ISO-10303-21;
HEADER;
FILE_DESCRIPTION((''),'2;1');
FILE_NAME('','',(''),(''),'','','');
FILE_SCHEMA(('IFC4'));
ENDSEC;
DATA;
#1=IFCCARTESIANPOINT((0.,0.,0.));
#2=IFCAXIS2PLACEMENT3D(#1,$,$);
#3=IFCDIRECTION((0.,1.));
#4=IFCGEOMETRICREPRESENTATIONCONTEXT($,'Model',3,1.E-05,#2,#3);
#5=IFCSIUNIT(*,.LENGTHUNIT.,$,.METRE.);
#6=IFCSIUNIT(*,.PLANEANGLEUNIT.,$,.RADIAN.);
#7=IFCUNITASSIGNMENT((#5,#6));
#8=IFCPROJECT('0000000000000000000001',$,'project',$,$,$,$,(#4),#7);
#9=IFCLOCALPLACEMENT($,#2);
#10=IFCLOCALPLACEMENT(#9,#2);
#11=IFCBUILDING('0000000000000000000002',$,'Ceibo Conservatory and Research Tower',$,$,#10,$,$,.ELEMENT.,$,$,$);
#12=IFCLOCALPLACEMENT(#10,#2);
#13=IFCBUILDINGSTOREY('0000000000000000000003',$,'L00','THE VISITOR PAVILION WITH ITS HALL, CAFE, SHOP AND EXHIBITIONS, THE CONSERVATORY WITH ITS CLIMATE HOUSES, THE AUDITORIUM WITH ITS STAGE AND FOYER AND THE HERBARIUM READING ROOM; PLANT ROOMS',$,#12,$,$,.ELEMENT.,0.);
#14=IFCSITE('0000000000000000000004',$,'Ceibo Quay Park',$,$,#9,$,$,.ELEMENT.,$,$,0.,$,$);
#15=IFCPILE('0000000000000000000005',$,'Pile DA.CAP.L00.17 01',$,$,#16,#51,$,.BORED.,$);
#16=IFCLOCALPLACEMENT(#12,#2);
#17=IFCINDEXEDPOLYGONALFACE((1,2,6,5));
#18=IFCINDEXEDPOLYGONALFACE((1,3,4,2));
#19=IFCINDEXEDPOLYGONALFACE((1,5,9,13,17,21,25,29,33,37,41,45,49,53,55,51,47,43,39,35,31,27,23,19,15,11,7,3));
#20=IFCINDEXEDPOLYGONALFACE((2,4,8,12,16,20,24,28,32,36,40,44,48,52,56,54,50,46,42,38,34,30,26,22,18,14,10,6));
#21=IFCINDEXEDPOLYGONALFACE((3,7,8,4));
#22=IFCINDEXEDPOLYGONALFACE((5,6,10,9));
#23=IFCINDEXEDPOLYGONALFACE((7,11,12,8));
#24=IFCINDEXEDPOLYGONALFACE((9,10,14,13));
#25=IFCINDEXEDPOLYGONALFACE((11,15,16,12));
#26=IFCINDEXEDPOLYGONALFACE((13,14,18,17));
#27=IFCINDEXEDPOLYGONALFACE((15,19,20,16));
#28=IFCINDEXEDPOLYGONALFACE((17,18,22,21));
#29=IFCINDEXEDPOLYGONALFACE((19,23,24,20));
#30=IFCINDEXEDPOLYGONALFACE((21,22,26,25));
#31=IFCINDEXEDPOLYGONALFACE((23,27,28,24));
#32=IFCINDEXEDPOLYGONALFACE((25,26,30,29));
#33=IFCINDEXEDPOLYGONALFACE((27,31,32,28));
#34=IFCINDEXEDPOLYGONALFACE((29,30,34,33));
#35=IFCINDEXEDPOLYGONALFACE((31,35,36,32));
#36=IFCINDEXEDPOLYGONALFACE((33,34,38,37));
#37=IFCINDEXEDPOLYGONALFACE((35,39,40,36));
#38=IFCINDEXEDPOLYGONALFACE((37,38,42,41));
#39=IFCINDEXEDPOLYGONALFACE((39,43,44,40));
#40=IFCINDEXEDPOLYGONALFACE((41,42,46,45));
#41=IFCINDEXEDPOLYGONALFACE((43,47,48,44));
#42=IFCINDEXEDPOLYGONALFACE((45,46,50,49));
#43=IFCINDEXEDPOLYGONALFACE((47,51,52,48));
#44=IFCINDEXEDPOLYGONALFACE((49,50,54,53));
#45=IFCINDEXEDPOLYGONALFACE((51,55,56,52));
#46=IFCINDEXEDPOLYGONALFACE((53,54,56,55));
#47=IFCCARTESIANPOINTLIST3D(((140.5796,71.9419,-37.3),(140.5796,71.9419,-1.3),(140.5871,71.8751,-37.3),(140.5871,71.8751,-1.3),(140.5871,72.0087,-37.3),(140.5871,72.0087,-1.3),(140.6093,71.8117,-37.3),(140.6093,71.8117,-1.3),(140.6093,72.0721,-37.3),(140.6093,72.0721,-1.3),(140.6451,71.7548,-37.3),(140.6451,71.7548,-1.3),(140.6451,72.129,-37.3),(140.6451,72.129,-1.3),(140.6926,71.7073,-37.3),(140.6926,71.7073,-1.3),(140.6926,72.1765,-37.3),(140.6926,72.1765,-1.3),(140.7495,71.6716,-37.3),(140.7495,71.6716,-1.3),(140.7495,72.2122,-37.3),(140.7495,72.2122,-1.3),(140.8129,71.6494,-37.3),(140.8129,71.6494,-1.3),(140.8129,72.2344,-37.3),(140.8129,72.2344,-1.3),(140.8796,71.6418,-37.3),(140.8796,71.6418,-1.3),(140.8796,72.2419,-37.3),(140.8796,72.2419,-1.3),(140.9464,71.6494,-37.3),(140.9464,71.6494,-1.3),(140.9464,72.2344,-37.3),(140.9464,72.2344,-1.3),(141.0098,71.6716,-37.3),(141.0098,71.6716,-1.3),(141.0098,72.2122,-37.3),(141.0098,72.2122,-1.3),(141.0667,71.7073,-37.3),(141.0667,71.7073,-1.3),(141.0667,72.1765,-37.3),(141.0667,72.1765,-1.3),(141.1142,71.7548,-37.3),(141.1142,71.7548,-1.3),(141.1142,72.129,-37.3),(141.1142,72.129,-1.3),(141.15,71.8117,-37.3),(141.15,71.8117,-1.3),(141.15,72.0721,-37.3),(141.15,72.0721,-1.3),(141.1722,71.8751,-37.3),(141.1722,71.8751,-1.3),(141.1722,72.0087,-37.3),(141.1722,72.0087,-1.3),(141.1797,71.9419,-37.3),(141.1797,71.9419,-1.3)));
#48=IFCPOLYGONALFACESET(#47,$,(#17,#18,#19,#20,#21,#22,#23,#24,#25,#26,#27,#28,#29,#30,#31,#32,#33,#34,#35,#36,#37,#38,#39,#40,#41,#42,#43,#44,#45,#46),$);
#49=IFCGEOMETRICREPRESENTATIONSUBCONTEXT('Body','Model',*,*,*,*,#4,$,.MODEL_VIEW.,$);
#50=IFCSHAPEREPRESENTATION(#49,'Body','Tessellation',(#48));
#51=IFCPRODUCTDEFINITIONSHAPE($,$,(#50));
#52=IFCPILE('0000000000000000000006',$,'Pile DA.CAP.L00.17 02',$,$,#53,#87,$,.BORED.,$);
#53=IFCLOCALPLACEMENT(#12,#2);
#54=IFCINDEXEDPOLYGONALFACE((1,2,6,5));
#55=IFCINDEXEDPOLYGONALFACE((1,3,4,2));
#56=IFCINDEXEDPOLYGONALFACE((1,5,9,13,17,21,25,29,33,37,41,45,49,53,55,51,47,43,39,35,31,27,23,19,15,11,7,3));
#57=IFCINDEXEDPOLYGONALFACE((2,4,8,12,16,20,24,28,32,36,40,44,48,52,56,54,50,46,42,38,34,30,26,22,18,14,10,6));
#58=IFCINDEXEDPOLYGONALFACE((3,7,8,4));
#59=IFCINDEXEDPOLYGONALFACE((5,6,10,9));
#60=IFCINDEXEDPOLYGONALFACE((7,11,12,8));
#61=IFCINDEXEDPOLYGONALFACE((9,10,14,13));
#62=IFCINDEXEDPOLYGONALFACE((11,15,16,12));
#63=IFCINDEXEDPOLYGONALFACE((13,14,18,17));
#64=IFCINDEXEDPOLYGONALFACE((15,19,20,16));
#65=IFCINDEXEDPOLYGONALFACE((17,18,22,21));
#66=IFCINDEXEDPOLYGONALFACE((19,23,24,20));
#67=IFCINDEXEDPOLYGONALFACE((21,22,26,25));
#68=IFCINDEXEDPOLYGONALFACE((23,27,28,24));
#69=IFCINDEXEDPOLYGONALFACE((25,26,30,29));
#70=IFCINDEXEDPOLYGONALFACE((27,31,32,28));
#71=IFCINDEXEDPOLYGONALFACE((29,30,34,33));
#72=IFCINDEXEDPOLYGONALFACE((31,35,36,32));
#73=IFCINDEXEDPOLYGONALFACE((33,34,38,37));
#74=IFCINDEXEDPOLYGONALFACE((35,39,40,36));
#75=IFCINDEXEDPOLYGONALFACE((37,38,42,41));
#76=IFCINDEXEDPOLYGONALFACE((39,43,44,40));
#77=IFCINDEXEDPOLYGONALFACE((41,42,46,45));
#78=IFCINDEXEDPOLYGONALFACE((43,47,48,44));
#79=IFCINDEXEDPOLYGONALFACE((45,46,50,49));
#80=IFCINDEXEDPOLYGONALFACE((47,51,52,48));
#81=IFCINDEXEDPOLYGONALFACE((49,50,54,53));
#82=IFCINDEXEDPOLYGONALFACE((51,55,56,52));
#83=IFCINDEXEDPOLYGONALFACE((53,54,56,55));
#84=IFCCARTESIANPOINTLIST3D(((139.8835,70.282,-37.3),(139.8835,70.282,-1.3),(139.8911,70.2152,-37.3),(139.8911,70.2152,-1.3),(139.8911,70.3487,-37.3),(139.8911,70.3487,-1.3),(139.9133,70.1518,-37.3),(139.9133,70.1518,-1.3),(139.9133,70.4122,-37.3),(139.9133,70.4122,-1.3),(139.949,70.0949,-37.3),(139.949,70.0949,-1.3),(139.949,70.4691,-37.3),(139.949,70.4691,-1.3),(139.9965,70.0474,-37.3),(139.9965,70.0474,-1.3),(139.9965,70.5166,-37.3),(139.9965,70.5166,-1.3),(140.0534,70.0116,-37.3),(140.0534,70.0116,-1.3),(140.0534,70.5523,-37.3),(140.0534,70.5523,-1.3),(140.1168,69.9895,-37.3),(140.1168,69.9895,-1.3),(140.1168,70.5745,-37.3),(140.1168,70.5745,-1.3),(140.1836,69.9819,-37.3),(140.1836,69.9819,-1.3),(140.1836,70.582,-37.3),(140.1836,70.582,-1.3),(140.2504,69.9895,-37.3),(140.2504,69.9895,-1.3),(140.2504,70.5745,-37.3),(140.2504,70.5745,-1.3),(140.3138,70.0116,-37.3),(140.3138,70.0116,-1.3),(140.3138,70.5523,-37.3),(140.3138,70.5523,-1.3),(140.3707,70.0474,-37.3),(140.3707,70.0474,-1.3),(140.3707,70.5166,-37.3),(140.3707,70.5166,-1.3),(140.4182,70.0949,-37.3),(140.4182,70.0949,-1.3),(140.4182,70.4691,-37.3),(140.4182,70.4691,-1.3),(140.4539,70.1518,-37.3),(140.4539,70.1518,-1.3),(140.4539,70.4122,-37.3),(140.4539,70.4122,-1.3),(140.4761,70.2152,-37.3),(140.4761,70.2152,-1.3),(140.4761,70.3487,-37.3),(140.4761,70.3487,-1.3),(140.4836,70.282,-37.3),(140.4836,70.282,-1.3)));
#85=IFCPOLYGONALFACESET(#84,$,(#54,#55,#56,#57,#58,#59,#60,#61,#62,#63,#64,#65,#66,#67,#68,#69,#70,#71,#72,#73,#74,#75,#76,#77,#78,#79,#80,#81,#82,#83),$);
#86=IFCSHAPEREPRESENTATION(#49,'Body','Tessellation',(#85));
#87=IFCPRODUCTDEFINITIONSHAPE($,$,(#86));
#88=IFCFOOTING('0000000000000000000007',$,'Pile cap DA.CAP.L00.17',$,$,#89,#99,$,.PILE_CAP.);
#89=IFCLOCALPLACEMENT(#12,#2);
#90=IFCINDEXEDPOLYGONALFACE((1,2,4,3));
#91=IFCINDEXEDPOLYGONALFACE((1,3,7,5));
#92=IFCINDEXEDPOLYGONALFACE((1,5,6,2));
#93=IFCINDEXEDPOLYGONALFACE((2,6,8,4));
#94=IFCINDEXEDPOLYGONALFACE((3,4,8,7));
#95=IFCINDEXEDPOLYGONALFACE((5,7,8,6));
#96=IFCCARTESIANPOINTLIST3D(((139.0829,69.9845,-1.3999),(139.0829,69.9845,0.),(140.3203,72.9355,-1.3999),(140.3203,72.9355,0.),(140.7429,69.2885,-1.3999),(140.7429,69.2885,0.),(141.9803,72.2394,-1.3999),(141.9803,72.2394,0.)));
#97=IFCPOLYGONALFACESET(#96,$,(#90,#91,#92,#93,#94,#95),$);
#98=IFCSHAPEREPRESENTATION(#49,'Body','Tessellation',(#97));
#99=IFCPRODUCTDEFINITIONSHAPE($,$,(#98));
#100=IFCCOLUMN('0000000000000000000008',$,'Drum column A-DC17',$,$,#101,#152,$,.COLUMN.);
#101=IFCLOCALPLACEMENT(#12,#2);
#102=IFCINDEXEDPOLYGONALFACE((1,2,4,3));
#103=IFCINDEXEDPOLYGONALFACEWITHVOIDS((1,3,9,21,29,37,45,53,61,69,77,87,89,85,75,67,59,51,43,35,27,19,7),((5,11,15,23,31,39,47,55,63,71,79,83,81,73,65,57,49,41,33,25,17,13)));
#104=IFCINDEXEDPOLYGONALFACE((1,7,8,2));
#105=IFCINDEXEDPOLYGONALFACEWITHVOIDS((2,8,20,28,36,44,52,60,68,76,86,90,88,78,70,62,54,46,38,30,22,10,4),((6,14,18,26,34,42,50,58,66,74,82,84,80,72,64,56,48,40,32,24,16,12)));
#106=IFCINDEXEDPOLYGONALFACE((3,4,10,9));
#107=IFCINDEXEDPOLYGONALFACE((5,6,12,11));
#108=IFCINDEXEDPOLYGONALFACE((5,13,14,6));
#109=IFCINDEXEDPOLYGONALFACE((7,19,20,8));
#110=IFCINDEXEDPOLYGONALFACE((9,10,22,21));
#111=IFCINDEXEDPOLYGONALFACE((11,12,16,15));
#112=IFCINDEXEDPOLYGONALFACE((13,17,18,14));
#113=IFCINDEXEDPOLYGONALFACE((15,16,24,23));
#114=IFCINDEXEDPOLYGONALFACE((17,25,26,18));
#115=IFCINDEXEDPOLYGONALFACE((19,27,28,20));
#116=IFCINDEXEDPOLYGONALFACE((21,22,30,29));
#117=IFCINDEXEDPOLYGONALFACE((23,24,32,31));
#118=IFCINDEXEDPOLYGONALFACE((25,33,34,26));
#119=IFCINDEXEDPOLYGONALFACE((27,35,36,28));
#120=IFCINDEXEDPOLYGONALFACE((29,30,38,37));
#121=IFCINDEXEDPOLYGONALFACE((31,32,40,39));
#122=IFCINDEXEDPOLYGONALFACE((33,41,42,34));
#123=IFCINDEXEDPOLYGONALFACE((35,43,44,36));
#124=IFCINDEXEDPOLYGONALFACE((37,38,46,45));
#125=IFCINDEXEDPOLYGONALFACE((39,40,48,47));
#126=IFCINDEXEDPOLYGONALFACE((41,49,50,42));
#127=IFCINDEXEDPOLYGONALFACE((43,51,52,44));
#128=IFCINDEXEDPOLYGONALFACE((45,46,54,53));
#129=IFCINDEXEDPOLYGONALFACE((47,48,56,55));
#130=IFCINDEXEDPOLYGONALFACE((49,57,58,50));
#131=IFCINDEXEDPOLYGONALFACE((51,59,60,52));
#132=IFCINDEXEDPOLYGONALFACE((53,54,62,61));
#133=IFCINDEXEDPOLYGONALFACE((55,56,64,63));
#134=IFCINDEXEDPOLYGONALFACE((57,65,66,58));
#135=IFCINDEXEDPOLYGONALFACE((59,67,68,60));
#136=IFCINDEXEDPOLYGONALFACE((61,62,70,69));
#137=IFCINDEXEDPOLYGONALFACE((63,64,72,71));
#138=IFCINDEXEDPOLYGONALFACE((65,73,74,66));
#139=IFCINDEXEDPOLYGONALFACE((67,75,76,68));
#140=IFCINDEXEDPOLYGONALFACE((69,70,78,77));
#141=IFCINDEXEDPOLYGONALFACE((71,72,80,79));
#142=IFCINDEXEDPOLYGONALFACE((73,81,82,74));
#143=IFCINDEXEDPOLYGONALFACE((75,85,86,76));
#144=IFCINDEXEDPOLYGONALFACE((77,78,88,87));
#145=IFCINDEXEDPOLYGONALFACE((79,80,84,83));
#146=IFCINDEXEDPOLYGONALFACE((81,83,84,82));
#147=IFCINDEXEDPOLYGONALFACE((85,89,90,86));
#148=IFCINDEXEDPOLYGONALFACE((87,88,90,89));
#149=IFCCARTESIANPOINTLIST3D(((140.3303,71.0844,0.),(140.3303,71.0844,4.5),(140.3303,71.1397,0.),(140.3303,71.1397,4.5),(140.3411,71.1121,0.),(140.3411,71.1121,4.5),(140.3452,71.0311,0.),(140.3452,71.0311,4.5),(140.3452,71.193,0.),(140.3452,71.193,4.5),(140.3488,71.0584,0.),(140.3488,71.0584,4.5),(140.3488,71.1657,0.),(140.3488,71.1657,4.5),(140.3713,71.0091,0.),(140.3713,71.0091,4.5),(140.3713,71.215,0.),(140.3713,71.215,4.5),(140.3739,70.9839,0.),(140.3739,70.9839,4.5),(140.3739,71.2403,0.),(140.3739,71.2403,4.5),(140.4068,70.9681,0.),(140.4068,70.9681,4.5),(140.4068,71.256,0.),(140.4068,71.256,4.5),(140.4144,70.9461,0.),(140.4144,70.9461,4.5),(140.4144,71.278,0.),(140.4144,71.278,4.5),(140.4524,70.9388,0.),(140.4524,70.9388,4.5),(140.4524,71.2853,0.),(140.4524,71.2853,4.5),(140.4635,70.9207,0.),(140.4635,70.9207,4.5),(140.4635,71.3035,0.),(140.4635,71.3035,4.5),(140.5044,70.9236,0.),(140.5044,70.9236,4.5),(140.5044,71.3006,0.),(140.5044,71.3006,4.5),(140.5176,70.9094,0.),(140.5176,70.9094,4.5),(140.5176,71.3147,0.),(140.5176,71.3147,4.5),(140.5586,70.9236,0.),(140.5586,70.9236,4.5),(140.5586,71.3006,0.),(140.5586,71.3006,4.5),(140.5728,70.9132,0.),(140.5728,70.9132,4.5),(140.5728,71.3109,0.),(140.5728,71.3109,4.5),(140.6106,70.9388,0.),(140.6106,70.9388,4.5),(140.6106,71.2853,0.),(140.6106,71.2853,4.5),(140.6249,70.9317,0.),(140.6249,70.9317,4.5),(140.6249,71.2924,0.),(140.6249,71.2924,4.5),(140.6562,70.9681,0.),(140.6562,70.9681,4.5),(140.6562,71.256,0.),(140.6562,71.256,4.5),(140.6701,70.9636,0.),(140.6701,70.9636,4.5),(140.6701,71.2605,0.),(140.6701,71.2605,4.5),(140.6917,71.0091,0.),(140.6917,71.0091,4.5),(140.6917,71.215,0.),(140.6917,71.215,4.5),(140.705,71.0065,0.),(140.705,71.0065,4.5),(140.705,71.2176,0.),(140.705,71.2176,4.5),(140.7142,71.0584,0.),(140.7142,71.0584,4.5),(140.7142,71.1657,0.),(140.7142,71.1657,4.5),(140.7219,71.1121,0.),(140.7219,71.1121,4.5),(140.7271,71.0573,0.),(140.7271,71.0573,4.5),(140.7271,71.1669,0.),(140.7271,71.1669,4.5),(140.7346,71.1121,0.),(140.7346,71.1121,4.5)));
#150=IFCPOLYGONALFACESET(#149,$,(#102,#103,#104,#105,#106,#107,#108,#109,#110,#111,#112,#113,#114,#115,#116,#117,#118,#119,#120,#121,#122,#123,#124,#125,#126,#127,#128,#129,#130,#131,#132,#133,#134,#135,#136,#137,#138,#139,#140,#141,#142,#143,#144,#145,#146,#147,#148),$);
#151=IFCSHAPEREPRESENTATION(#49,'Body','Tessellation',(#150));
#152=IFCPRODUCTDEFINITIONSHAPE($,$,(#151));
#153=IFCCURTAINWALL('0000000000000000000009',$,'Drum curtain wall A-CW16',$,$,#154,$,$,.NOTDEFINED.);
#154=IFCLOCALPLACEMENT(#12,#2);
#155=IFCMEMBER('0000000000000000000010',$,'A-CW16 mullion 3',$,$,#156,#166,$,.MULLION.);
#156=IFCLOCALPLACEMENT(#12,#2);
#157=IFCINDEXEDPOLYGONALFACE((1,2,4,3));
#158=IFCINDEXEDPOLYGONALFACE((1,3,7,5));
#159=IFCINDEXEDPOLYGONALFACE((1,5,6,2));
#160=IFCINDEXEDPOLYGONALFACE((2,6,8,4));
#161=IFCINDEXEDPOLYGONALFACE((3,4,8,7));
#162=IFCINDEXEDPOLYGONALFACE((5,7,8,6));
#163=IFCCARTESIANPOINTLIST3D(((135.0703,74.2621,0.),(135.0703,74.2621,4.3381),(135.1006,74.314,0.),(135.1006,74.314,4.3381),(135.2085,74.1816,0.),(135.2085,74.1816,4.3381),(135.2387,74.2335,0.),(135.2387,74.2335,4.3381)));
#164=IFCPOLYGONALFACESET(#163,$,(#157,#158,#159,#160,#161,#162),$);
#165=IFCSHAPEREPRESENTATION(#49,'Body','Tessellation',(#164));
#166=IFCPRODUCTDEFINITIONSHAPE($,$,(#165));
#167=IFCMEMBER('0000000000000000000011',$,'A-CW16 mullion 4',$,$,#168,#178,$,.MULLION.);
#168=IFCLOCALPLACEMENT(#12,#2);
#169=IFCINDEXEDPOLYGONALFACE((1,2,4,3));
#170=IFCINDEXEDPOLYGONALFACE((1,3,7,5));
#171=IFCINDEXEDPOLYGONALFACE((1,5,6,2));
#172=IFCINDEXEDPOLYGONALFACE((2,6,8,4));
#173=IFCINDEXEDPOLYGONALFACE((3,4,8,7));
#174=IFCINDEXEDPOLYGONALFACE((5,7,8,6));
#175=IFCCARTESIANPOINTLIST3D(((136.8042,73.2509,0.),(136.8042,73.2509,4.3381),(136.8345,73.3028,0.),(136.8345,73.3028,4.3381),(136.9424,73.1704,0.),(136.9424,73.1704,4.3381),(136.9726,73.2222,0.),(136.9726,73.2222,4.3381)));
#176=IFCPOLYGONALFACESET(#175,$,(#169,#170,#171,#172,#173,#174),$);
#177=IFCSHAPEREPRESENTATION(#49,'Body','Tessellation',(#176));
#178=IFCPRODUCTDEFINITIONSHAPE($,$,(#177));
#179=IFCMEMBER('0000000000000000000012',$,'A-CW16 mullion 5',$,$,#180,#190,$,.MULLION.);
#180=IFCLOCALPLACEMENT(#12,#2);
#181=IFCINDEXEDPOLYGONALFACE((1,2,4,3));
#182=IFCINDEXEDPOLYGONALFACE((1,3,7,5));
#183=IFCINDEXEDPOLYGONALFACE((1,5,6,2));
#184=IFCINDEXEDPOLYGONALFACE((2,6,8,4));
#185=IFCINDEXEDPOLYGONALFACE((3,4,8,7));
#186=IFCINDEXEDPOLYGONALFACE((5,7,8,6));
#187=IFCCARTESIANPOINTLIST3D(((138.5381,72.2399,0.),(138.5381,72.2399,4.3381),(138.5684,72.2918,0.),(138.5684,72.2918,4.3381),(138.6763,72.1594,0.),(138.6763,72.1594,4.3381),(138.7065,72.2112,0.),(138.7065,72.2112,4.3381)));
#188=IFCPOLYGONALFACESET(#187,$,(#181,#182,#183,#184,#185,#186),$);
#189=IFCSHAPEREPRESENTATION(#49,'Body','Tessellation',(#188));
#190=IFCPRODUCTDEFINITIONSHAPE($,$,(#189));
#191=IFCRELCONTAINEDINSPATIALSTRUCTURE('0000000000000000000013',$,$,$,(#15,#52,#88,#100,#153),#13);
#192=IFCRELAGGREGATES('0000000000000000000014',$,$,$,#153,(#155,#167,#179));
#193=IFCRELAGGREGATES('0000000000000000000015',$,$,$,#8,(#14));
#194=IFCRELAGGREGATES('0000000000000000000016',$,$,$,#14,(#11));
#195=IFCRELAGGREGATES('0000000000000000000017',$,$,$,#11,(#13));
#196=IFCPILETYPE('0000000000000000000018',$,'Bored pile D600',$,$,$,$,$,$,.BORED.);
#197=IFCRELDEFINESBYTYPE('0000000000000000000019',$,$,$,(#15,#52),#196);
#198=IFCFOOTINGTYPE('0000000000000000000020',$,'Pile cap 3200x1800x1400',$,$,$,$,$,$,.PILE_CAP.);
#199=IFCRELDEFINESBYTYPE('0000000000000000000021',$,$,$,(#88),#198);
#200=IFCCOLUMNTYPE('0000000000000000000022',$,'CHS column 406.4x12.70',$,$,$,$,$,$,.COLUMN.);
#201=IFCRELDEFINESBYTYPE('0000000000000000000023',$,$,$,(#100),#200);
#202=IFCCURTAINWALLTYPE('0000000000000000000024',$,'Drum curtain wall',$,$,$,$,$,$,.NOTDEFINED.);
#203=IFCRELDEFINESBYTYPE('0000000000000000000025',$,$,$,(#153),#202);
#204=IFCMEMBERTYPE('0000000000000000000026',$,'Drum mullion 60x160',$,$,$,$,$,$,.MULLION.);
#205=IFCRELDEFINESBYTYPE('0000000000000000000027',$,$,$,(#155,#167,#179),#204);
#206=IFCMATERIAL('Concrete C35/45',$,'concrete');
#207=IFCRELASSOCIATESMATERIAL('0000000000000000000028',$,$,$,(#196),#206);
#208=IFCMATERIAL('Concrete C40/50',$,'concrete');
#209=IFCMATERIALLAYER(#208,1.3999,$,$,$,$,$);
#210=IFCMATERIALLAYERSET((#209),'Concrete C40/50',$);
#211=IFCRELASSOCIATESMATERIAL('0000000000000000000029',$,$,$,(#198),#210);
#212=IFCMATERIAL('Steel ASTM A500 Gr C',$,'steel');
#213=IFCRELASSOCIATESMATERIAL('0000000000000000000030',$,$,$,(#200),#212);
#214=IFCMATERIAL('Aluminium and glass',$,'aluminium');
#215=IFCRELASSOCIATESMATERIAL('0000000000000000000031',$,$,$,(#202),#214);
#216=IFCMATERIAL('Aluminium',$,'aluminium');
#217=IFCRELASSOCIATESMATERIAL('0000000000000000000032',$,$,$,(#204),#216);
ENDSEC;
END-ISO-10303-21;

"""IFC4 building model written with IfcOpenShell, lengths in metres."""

from ifc_helpers import new_model, si_unit, direction, frame, origin, origin_2d, place, context, subcontext, project, spatial, polyline, rectangle, circle, hollow_circle, outline, extrude, material, layer, layer_set, material_profile, profile_set, type_object, element, aggregate, save


model = new_model("IFC4")

# Units and contexts
model_context = context("Model", 3, precision=1e-05, world=origin(), true_north=direction((0.0, 1.0)))
body_context = subcontext(model_context, "Body", "Model", "MODEL_VIEW")
ifc_project = project(units=[si_unit("LENGTHUNIT", "METRE"), si_unit("PLANEANGLEUNIT", "RADIAN")], contexts=[model_context])

# Site, building, storey
site_placement = place(None, origin())
site = spatial("IfcSite", under=ifc_project, at=site_placement, Name="Ceibo Quay Park", CompositionType="ELEMENT", RefElevation=0.0)
building_placement = place(site_placement, origin())
building = spatial("IfcBuilding", under=site, at=building_placement, Name="Ceibo Conservatory and Research Tower", CompositionType="ELEMENT")
storey_placement = place(building_placement, origin())
storey = spatial("IfcBuildingStorey", under=building, at=storey_placement, Name="L00", Description="THE VISITOR PAVILION WITH ITS HALL, CAFE, SHOP AND EXHIBITIONS, THE CONSERVATORY WITH ITS CLIMATE HOUSES, THE AUDITORIUM WITH ITS STAGE AND FOYER AND THE HERBARIUM READING ROOM; PLANT ROOMS", CompositionType="ELEMENT", Elevation=0.0)

# Piles
ifc_material_1 = material(Name="Concrete C35/45", Category="concrete")
ifc_material_profile_1 = material_profile(ifc_material_1, circle(Radius=0.3, at=origin_2d()), Name="RC D600")
ifc_profile_set_1 = profile_set([ifc_material_profile_1], Name="Concrete C35/45")
pile_type = type_object("IfcPileType", Name="Bored pile D600", PredefinedType="BORED", material=ifc_profile_set_1)
for number, where, z_axis, x_axis, name in (
    (1, (140.8796, 71.9419, -1.3), (0.0, 0.0, -1.0), (1.0, 0.0, 0.0), "Pile DA.CAP.L00.17 01"),
    (2, (140.1836, 70.282, -1.3), (0.0, 0.0, -1.0), (1.0, 0.0, 0.0), "Pile DA.CAP.L00.17 02"),
):
    element("IfcPile", number, at=place(storey_placement, frame(where, z_axis=z_axis, x_axis=x_axis)), inside=storey, type_object=pile_type, Name=name, PredefinedType="BORED", context=body_context, shape_type="SweptSolid", body=[
        extrude(circle(Radius=0.3, at=origin_2d()), origin(), (0.0, 0.0, 1.0), 36.0),
    ])

# Footing
ifc_material_2 = material(Name="Concrete C40/50", Category="concrete")
ifc_layer_1 = layer(ifc_material_2, 1.3999)
ifc_layer_set_1 = layer_set([ifc_layer_1], Name="Concrete C40/50")
footing_type = type_object("IfcFootingType", Name="Pile cap 3200x1800x1400", PredefinedType="PILE_CAP", material=ifc_layer_set_1)
footing_placement = place(storey_placement, frame((140.3203, 72.9355, -1.3999), z_axis=(0.0, 0.0, 1.0), x_axis=(-0.386711, -0.922201, 0.0)))
element("IfcFooting", 3, at=footing_placement, inside=storey, type_object=footing_type, Name="Pile cap DA.CAP.L00.17", PredefinedType="PILE_CAP", context=body_context, shape_type="SweptSolid", body=[
    extrude(outline(polyline([(0.0, 0.0), (3.2, 0.0), (3.2, 1.8), (0.0, 1.8), (0.0, 0.0)])), origin(), (0.0, 0.0, 1.0), 1.3999),
])

# Column
ifc_material_3 = material(Name="Steel ASTM A500 Gr C", Category="steel")
ifc_material_profile_2 = material_profile(ifc_material_3, hollow_circle(Radius=0.2031, WallThickness=0.0127, at=origin_2d()), Name="CHS column 406.4x12.70")
ifc_profile_set_2 = profile_set([ifc_material_profile_2], Name="Steel ASTM A500 Gr C")
column_type = type_object("IfcColumnType", Name="CHS column 406.4x12.70", PredefinedType="COLUMN", material=ifc_profile_set_2)
column_placement = place(storey_placement, frame((140.5315, 71.1121, 0.0), z_axis=(0.0, 0.0, 1.0), x_axis=(1.0, 0.0, 0.0)))
element("IfcColumn", 4, at=column_placement, inside=storey, type_object=column_type, Name="Drum column A-DC17", PredefinedType="COLUMN", context=body_context, shape_type="SweptSolid", body=[
    extrude(hollow_circle(Radius=0.2031, WallThickness=0.0127, at=origin_2d()), origin(), (0.0, 0.0, 1.0), 4.5),
])

# Curtain wall, members
ifc_material_4 = material(Name="Aluminium and glass", Category="aluminium")
curtain_wall_type = type_object("IfcCurtainWallType", Name="Drum curtain wall", PredefinedType="NOTDEFINED", material=ifc_material_4)
curtain_wall_1_placement = place(storey_placement, origin())
curtain_wall_1 = element("IfcCurtainWall", 5, at=curtain_wall_1_placement, inside=storey, type_object=curtain_wall_type, Name="Drum curtain wall A-CW16", PredefinedType="NOTDEFINED")
ifc_material_5 = material(Name="Aluminium", Category="aluminium")
ifc_material_profile_3 = material_profile(ifc_material_5, rectangle(XDim=0.0601, YDim=0.1599, at=origin_2d()), Name="AL 60x160")
ifc_profile_set_3 = profile_set([ifc_material_profile_3], Name="Aluminium")
member_type_1 = type_object("IfcMemberType", Name="Drum mullion 60x160", PredefinedType="MULLION", material=ifc_profile_set_3)
member_1_placement = place(storey_placement, frame((135.1545, 74.2478, 0.0), z_axis=(0.0, 0.0, 1.0), x_axis=(0.503774, 0.863836, 0.0)))
member_1 = element("IfcMember", 6, at=member_1_placement, type_object=member_type_1, Name="A-CW16 mullion 3", PredefinedType="MULLION", context=body_context, shape_type="SweptSolid", body=[
    extrude(rectangle(XDim=0.0601, YDim=0.1599, at=origin_2d()), origin(), (0.0, 0.0, 1.0), 4.3381),
])
member_2_placement = place(storey_placement, frame((136.8884, 73.2366, 0.0), z_axis=(0.0, 0.0, 1.0), x_axis=(0.503774, 0.863836, 0.0)))
member_2 = element("IfcMember", 7, at=member_2_placement, type_object=member_type_1, Name="A-CW16 mullion 4", PredefinedType="MULLION", context=body_context, shape_type="SweptSolid", body=[
    extrude(rectangle(XDim=0.0601, YDim=0.1599, at=origin_2d()), origin(), (0.0, 0.0, 1.0), 4.3381),
])
member_3_placement = place(storey_placement, frame((138.6223, 72.2256, 0.0), z_axis=(0.0, 0.0, 1.0), x_axis=(0.503774, 0.863836, 0.0)))
member_3 = element("IfcMember", 8, at=member_3_placement, type_object=member_type_1, Name="A-CW16 mullion 5", PredefinedType="MULLION", context=body_context, shape_type="SweptSolid", body=[
    extrude(rectangle(XDim=0.0601, YDim=0.1599, at=origin_2d()), origin(), (0.0, 0.0, 1.0), 4.3381),
])

aggregate(curtain_wall_1, [member_1, member_2, member_3])

save(model, "model.ifc")
